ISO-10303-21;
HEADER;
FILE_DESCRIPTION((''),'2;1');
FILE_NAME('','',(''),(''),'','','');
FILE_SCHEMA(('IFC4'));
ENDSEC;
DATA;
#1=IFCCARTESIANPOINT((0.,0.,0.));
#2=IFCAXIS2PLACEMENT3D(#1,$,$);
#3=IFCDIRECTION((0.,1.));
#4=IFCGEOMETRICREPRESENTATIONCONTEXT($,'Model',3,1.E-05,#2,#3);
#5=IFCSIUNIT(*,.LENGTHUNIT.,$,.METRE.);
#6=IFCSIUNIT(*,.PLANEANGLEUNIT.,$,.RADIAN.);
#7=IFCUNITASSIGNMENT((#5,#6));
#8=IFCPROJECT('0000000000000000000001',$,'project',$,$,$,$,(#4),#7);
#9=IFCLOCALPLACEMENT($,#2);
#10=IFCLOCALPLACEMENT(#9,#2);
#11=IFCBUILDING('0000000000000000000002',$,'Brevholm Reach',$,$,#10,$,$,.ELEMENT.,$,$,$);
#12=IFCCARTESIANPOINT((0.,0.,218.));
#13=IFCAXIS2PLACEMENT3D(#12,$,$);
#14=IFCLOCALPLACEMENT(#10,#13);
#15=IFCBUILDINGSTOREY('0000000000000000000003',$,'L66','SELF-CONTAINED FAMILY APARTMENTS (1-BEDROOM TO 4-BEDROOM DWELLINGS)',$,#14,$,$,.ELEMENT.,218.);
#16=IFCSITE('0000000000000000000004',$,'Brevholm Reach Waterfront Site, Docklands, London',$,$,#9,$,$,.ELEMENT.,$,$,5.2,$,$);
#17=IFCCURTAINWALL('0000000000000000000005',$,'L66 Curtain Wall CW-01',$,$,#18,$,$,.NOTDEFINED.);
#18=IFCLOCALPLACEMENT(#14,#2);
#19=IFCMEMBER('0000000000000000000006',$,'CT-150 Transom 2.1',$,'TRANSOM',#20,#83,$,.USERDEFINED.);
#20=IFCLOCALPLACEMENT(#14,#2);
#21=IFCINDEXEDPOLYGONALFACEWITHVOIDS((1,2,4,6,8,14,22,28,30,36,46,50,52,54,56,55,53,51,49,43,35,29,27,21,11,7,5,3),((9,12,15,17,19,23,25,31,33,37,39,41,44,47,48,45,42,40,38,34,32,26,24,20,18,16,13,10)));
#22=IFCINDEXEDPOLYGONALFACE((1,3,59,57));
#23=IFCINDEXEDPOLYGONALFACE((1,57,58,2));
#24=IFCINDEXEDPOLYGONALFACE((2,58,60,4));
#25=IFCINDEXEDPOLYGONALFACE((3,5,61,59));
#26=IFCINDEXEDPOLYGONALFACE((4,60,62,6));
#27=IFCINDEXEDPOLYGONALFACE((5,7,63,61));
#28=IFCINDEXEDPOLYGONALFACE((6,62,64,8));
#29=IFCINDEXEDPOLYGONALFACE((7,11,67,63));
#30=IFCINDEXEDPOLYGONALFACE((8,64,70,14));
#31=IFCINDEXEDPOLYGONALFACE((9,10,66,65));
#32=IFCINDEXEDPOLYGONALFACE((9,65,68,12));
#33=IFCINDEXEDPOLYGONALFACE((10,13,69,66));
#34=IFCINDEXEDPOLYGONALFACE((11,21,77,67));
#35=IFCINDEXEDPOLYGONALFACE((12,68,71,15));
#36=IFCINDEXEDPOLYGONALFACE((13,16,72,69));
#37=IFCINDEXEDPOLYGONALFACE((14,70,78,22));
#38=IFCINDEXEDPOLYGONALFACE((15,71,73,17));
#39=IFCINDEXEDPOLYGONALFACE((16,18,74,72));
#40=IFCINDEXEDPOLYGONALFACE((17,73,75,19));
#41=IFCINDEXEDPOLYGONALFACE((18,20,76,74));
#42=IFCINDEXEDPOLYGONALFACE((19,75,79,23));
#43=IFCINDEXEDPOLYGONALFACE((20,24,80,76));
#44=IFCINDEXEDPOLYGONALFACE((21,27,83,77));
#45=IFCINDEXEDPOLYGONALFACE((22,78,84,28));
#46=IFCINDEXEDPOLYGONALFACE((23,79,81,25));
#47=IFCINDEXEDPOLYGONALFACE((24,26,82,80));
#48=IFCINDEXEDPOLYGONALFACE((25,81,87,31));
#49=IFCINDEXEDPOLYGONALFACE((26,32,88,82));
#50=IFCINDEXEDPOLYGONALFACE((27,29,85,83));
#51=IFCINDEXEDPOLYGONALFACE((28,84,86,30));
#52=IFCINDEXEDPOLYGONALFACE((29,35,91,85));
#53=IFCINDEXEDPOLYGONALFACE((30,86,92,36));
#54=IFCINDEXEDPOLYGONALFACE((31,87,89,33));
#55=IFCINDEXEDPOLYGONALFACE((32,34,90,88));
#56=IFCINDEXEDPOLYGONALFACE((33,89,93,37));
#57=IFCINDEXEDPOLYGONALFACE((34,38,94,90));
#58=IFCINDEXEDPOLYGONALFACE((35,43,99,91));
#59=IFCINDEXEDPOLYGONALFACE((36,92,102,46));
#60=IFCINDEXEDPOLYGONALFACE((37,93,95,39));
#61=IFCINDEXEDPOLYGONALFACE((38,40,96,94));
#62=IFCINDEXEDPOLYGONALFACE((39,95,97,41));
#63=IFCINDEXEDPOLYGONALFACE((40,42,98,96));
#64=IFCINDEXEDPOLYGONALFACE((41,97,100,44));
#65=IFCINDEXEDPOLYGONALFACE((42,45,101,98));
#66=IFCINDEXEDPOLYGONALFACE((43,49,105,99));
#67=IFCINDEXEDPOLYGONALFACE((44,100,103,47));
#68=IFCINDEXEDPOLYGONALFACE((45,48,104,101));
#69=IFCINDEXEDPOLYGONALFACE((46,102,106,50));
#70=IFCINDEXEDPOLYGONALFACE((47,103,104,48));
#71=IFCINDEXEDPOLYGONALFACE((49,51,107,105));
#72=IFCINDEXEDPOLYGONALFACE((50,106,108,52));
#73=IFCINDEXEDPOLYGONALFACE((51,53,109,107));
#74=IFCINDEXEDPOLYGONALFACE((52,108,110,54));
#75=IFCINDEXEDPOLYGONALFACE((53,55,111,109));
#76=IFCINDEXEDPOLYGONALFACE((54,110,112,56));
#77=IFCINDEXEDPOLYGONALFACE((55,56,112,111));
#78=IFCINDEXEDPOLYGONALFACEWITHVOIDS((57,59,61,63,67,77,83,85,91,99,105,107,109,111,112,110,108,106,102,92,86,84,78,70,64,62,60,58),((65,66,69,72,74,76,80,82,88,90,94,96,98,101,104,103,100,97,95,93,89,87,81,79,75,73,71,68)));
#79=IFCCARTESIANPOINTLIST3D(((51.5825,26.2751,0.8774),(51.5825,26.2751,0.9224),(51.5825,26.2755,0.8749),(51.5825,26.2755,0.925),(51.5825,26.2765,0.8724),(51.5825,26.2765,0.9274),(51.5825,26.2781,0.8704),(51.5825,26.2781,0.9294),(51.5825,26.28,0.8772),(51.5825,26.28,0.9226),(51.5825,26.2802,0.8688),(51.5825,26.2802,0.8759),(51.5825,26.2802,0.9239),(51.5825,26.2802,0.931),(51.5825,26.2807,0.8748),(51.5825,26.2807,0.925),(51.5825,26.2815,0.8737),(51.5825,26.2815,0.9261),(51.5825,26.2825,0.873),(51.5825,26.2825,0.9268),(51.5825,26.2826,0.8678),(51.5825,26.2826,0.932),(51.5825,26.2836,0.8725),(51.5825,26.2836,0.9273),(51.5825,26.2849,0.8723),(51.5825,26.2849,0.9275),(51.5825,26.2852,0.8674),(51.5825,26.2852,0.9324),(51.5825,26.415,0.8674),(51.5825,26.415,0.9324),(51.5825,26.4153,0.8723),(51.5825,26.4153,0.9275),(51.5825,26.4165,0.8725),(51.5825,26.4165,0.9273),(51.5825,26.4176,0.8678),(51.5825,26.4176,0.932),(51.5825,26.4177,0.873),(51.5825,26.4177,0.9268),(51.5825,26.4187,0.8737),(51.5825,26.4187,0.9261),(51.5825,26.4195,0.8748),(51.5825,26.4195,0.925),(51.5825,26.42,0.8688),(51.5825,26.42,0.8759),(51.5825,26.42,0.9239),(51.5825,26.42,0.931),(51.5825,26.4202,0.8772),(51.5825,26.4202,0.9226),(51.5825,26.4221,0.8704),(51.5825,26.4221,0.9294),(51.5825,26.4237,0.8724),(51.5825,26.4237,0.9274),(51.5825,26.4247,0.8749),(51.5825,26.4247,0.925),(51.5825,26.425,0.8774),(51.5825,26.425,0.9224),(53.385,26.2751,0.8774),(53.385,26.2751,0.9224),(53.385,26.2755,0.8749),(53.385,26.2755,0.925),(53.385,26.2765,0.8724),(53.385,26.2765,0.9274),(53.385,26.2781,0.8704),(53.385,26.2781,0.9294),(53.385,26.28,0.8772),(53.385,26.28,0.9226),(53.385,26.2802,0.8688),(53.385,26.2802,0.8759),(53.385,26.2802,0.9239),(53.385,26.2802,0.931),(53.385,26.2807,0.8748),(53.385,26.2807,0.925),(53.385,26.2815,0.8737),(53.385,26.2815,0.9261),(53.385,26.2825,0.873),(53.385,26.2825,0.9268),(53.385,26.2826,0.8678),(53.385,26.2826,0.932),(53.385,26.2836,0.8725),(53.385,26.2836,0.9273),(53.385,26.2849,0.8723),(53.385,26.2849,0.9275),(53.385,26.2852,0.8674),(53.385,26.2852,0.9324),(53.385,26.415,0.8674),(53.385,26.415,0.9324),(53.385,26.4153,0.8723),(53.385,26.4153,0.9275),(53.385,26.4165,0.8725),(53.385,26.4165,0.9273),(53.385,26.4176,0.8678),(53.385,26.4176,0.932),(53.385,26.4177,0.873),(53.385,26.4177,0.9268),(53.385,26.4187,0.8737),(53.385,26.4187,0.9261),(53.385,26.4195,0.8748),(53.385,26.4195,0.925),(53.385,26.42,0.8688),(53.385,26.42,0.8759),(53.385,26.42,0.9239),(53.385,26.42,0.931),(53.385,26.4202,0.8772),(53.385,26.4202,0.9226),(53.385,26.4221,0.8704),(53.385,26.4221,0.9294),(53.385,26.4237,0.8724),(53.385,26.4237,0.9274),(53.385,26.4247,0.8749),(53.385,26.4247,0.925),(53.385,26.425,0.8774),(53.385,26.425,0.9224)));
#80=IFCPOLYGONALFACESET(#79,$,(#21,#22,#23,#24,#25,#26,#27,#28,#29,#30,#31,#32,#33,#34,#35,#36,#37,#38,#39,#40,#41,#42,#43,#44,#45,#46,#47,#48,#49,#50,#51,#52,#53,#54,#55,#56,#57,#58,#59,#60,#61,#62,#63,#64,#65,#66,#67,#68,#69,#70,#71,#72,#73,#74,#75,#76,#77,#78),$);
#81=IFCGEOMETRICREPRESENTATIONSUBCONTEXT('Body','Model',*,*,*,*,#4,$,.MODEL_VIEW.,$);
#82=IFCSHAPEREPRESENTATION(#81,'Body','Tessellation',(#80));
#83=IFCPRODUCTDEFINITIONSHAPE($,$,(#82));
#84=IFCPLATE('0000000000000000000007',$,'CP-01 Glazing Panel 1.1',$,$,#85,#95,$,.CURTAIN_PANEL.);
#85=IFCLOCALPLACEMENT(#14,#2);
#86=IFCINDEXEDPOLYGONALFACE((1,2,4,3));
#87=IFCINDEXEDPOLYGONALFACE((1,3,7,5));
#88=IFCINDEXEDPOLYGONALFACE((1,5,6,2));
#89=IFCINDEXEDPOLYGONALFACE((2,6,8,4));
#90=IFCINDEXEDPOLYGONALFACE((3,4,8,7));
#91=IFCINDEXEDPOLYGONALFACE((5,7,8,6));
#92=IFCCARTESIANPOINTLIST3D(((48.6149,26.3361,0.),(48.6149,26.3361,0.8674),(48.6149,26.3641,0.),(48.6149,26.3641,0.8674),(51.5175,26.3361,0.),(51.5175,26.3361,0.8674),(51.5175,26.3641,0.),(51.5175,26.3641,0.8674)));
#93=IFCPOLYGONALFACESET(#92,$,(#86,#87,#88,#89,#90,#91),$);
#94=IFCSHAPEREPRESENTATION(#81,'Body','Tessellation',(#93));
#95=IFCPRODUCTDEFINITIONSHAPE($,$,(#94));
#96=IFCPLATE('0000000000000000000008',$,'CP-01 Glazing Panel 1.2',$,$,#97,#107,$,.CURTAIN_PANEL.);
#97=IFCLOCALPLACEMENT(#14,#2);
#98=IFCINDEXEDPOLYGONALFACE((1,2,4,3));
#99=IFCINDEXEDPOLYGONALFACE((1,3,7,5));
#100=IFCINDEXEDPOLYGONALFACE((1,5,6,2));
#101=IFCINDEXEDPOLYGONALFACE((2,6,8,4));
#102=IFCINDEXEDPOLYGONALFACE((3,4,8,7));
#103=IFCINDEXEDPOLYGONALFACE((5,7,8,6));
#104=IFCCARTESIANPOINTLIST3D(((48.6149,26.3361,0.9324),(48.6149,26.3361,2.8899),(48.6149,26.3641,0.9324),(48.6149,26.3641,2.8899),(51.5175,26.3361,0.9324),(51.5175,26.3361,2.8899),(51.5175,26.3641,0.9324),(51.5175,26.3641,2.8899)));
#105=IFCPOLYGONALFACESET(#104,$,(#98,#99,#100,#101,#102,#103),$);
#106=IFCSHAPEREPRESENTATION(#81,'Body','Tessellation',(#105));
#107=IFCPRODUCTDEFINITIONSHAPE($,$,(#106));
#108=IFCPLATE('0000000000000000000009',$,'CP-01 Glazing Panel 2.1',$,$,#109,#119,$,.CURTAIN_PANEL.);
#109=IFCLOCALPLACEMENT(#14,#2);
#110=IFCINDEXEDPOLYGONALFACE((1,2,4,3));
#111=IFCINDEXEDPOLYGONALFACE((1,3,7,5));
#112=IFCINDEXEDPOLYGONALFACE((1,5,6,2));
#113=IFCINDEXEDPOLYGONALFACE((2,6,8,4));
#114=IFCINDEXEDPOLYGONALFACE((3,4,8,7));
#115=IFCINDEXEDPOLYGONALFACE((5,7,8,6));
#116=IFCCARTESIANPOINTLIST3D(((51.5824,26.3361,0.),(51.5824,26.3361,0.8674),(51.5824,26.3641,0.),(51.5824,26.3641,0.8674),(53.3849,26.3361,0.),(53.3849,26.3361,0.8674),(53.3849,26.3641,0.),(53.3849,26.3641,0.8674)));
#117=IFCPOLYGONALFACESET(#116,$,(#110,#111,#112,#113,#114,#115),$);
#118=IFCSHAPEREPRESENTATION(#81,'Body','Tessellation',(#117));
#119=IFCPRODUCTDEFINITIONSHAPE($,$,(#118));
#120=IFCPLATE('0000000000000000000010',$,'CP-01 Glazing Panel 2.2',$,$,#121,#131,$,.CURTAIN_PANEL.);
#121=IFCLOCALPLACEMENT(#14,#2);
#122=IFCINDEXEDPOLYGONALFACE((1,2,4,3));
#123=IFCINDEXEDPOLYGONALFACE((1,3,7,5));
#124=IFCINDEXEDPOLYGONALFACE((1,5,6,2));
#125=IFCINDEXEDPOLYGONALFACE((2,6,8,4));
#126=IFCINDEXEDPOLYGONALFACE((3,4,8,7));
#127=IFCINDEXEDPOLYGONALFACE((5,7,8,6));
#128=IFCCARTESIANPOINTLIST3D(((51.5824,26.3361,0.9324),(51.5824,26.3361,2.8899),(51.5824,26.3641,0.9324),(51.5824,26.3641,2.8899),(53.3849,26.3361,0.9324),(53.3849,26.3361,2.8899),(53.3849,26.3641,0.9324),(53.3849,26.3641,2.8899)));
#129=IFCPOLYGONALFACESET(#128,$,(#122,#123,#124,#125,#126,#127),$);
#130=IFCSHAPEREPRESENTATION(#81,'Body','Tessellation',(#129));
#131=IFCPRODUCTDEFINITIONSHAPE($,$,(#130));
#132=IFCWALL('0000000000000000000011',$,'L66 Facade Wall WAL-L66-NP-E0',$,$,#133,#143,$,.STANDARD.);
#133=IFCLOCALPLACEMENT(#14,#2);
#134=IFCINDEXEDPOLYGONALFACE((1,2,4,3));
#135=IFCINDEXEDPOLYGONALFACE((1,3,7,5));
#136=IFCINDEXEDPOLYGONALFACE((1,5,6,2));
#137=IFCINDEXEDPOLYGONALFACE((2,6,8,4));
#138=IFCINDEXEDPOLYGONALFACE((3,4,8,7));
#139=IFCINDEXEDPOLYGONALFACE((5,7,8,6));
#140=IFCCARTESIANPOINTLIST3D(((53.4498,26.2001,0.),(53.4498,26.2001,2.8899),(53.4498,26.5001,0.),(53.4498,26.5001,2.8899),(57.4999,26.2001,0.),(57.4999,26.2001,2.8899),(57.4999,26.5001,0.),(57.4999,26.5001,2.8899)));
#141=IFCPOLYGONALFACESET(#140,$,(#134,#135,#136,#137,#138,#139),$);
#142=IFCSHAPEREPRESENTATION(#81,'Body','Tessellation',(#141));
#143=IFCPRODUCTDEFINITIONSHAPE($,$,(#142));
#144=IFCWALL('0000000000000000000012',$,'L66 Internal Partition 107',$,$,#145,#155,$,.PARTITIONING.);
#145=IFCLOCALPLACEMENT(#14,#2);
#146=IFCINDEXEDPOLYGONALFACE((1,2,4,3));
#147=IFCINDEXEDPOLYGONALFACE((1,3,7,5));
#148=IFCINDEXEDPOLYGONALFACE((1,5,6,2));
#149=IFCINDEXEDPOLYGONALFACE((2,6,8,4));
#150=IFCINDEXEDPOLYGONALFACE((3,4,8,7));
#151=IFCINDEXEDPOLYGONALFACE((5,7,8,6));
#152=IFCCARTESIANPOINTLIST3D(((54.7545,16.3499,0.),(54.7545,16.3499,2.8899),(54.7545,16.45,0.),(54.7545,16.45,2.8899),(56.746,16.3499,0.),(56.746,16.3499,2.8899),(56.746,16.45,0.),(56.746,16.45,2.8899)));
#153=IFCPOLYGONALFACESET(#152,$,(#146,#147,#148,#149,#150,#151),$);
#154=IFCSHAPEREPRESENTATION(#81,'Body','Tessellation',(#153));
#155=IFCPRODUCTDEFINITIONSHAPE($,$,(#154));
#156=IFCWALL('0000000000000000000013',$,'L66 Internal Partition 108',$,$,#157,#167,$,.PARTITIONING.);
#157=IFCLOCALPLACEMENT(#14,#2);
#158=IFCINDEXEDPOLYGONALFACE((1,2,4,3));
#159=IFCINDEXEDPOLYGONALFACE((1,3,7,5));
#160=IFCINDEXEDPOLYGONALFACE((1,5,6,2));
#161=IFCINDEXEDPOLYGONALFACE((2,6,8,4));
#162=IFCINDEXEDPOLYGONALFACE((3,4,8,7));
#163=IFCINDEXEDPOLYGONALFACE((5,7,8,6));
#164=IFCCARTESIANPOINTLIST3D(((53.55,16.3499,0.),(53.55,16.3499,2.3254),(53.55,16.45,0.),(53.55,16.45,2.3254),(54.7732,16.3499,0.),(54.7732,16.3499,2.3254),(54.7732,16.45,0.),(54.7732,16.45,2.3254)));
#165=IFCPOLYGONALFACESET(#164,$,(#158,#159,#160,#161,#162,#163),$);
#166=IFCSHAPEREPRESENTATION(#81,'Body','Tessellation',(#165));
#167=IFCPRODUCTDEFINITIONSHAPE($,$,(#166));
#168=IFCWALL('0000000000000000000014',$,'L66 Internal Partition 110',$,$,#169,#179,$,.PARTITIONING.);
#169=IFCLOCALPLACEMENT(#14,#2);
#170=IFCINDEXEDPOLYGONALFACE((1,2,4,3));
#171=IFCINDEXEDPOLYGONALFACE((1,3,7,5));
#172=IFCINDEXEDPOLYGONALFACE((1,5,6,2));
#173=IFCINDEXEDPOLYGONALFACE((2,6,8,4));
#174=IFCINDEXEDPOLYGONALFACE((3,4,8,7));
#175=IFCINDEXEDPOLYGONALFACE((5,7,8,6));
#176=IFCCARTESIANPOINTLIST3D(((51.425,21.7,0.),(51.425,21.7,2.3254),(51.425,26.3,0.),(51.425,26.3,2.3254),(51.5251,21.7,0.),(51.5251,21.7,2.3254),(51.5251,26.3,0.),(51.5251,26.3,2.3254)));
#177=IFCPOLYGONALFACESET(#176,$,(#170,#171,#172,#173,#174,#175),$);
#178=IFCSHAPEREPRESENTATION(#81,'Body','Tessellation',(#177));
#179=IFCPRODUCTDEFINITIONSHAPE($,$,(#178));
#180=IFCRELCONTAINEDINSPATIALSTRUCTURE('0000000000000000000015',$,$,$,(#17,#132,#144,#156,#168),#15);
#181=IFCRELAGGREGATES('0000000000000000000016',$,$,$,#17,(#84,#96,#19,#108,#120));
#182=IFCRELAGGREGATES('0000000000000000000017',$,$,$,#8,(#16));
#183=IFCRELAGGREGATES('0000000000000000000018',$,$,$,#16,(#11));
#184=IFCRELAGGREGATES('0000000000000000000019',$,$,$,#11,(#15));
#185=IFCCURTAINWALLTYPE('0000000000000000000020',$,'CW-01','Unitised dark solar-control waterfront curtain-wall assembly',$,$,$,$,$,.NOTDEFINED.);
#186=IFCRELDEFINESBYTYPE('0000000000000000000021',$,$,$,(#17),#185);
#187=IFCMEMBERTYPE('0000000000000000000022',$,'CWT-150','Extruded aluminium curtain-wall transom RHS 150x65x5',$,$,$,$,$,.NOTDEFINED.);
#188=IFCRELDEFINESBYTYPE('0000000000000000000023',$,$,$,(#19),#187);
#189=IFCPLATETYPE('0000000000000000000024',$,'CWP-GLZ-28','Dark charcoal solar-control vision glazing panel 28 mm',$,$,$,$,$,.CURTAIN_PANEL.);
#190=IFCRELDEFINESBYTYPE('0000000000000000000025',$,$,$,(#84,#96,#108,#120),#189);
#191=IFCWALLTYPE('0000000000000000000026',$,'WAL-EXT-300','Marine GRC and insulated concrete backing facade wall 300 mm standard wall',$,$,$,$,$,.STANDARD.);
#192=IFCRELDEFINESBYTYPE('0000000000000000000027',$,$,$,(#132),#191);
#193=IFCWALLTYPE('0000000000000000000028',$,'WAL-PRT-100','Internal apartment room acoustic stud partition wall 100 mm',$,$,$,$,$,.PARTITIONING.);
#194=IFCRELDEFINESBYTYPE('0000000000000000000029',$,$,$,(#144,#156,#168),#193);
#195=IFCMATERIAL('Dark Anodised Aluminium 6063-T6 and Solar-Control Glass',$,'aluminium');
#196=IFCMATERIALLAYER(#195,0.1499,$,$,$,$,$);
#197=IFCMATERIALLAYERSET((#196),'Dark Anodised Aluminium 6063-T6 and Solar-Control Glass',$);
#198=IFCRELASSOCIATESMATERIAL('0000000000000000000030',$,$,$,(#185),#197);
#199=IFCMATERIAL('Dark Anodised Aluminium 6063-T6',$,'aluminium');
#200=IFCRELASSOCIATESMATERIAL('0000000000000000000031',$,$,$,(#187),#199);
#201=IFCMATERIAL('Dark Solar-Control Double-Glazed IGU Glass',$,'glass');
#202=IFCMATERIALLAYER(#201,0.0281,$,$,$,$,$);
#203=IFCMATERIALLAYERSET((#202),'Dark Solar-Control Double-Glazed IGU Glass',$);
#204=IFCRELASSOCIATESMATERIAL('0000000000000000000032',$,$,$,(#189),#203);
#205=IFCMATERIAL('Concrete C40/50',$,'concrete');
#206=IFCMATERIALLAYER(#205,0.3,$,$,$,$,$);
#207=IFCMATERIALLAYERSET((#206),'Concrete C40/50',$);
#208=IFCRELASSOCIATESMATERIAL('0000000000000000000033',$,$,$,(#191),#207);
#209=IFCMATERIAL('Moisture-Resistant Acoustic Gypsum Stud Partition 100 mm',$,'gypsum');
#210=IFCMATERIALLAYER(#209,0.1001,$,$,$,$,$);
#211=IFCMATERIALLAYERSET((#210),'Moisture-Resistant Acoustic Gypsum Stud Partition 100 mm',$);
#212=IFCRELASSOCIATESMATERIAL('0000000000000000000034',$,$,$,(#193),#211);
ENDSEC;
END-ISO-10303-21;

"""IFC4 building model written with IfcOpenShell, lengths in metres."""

from ifc_helpers import new_model, si_unit, direction, frame, frame_2d, origin, origin_2d, place, context, subcontext, project, spatial, rectangle, hollow_rectangle, extrude, material, layer, layer_set, material_profile, profile_set, type_object, element, aggregate, save


model = new_model("IFC4")

# Units and contexts
model_context = context("Model", 3, precision=1e-05, world=origin(), true_north=direction((0.0, 1.0)))
body_context = subcontext(model_context, "Body", "Model", "MODEL_VIEW")
ifc_project = project(units=[si_unit("LENGTHUNIT", "METRE"), si_unit("PLANEANGLEUNIT", "RADIAN")], contexts=[model_context])

# Site, building, storey
site_placement = place(None, origin())
site = spatial("IfcSite", under=ifc_project, at=site_placement, Name="Brevholm Reach Waterfront Site, Docklands, London", CompositionType="ELEMENT", RefElevation=5.2)
building_placement = place(site_placement, origin())
building = spatial("IfcBuilding", under=site, at=building_placement, Name="Brevholm Reach", CompositionType="ELEMENT")
storey_placement = place(building_placement, frame((0.0, 0.0, 218.0)))
storey = spatial("IfcBuildingStorey", under=building, at=storey_placement, Name="L66", Description="SELF-CONTAINED FAMILY APARTMENTS (1-BEDROOM TO 4-BEDROOM DWELLINGS)", CompositionType="ELEMENT", Elevation=218.0)

# Curtain wall, member, plates
ifc_material_1 = material(Name="Dark Anodised Aluminium 6063-T6 and Solar-Control Glass", Category="aluminium")
ifc_layer_1 = layer(ifc_material_1, 0.1499)
ifc_layer_set_1 = layer_set([ifc_layer_1], Name="Dark Anodised Aluminium 6063-T6 and Solar-Control Glass")
curtain_wall_type = type_object("IfcCurtainWallType", Name="CW-01", Description="Unitised dark solar-control waterfront curtain-wall assembly", PredefinedType="NOTDEFINED", material=ifc_layer_set_1)
curtain_wall_placement = place(storey_placement, origin())
curtain_wall = element("IfcCurtainWall", 1, at=curtain_wall_placement, inside=storey, type_object=curtain_wall_type, Name="L66 Curtain Wall CW-01", PredefinedType="NOTDEFINED")
ifc_material_2 = material(Name="Dark Anodised Aluminium 6063-T6", Category="aluminium")
ifc_material_profile_1 = material_profile(ifc_material_2, hollow_rectangle(XDim=0.0649, YDim=0.1499, WallThickness=0.0049, InnerFilletRadius=0.0049, OuterFilletRadius=0.01, at=origin_2d()), Name="RHS 150x65x5")
ifc_profile_set_1 = profile_set([ifc_material_profile_1], Name="Dark Anodised Aluminium 6063-T6")
member_type_1 = type_object("IfcMemberType", Name="CWT-150", Description="Extruded aluminium curtain-wall transom RHS 150x65x5", PredefinedType="NOTDEFINED", material=ifc_profile_set_1)
member_1_placement = place(storey_placement, frame((51.5825, 26.3501, 0.8999), z_axis=(1.0, 0.0, 0.0), x_axis=(0.0, 0.0, 1.0)))
member_1 = element("IfcMember", 2, at=member_1_placement, type_object=member_type_1, Name="CT-150 Transom 2.1", ObjectType="TRANSOM", PredefinedType="USERDEFINED", context=body_context, shape_type="SweptSolid", body=[
    extrude(hollow_rectangle(XDim=0.0649, YDim=0.1499, WallThickness=0.0049, InnerFilletRadius=0.0049, OuterFilletRadius=0.01, at=origin_2d()), origin(), (0.0, 0.0, 1.0), 1.8025),
])
ifc_material_3 = material(Name="Dark Solar-Control Double-Glazed IGU Glass", Category="glass")
ifc_layer_2 = layer(ifc_material_3, 0.0281)
ifc_layer_set_2 = layer_set([ifc_layer_2], Name="Dark Solar-Control Double-Glazed IGU Glass")
plate_type = type_object("IfcPlateType", Name="CWP-GLZ-28", Description="Dark charcoal solar-control vision glazing panel 28 mm", PredefinedType="CURTAIN_PANEL", material=ifc_layer_set_2)
plate_1_placement = place(storey_placement, frame((50.0662, 26.3501, 0.0), z_axis=(0.0, 0.0, 1.0), x_axis=(1.0, 0.0, 0.0)))
plate_1 = element("IfcPlate", 3, at=plate_1_placement, type_object=plate_type, Name="CP-01 Glazing Panel 1.1", PredefinedType="CURTAIN_PANEL", context=body_context, shape_type="SweptSolid", body=[
    extrude(rectangle(XDim=2.9026, YDim=0.0281, at=origin_2d()), origin(), (0.0, 0.0, 1.0), 0.8674),
])
plate_2_placement = place(storey_placement, frame((50.0662, 26.3501, 0.9324), z_axis=(0.0, 0.0, 1.0), x_axis=(1.0, 0.0, 0.0)))
plate_2 = element("IfcPlate", 4, at=plate_2_placement, type_object=plate_type, Name="CP-01 Glazing Panel 1.2", PredefinedType="CURTAIN_PANEL", context=body_context, shape_type="SweptSolid", body=[
    extrude(rectangle(XDim=2.9026, YDim=0.0281, at=origin_2d()), origin(), (0.0, 0.0, 1.0), 1.9575),
])
plate_3_placement = place(storey_placement, frame((52.4836, 26.3501, 0.0), z_axis=(0.0, 0.0, 1.0), x_axis=(1.0, 0.0, 0.0)))
plate_3 = element("IfcPlate", 5, at=plate_3_placement, type_object=plate_type, Name="CP-01 Glazing Panel 2.1", PredefinedType="CURTAIN_PANEL", context=body_context, shape_type="SweptSolid", body=[
    extrude(rectangle(XDim=1.8025, YDim=0.0281, at=origin_2d()), origin(), (0.0, 0.0, 1.0), 0.8674),
])
plate_4_placement = place(storey_placement, frame((52.4836, 26.3501, 0.9324), z_axis=(0.0, 0.0, 1.0), x_axis=(1.0, 0.0, 0.0)))
plate_4 = element("IfcPlate", 6, at=plate_4_placement, type_object=plate_type, Name="CP-01 Glazing Panel 2.2", PredefinedType="CURTAIN_PANEL", context=body_context, shape_type="SweptSolid", body=[
    extrude(rectangle(XDim=1.8025, YDim=0.0281, at=origin_2d()), origin(), (0.0, 0.0, 1.0), 1.9575),
])
aggregate(curtain_wall, [plate_1, plate_2, member_1, plate_3, plate_4])

# Walls
ifc_material_4 = material(Name="Concrete C40/50", Category="concrete")
ifc_layer_3 = layer(ifc_material_4, 0.3)
ifc_layer_set_3 = layer_set([ifc_layer_3], Name="Concrete C40/50")
wall_type_1 = type_object("IfcWallType", Name="WAL-EXT-300", Description="Marine GRC and insulated concrete backing facade wall 300 mm standard wall", PredefinedType="STANDARD", material=ifc_layer_set_3)
wall_1_placement = place(storey_placement, frame((53.45, 26.3501, 0.0), z_axis=(0.0, 0.0, 1.0), x_axis=(1.0, 0.0, 0.0)))
element("IfcWall", 7, at=wall_1_placement, inside=storey, type_object=wall_type_1, Name="L66 Facade Wall WAL-L66-NP-E0", PredefinedType="STANDARD", context=body_context, shape_type="SweptSolid", body=[
    extrude(rectangle(XDim=4.05, YDim=0.3, at=frame_2d((2.0249, 0.0))), origin(), (0.0, 0.0, 1.0), 2.8899),
])
ifc_material_5 = material(Name="Moisture-Resistant Acoustic Gypsum Stud Partition 100 mm", Category="gypsum")
ifc_layer_4 = layer(ifc_material_5, 0.1001)
ifc_layer_set_4 = layer_set([ifc_layer_4], Name="Moisture-Resistant Acoustic Gypsum Stud Partition 100 mm")
wall_type_2 = type_object("IfcWallType", Name="WAL-PRT-100", Description="Internal apartment room acoustic stud partition wall 100 mm", PredefinedType="PARTITIONING", material=ifc_layer_set_4)
wall_2_placement = place(storey_placement, frame((54.7546, 16.3999, 0.0), z_axis=(0.0, 0.0, 1.0), x_axis=(1.0, 0.0, 0.0)))
element("IfcWall", 8, at=wall_2_placement, inside=storey, type_object=wall_type_2, Name="L66 Internal Partition 107", PredefinedType="PARTITIONING", context=body_context, shape_type="SweptSolid", body=[
    extrude(rectangle(XDim=1.9915, YDim=0.1001, at=frame_2d((0.9956, 0.0))), origin(), (0.0, 0.0, 1.0), 2.8899),
])
wall_3_placement = place(storey_placement, frame((53.55, 16.3999, 0.0), z_axis=(0.0, 0.0, 1.0), x_axis=(1.0, 0.0, 0.0)))
element("IfcWall", 9, at=wall_3_placement, inside=storey, type_object=wall_type_2, Name="L66 Internal Partition 108", PredefinedType="PARTITIONING", context=body_context, shape_type="SweptSolid", body=[
    extrude(rectangle(XDim=1.2231, YDim=0.1001, at=frame_2d((0.6116, 0.0))), origin(), (0.0, 0.0, 1.0), 2.3254),
])
wall_4_placement = place(storey_placement, frame((51.4751, 21.7, 0.0), z_axis=(0.0, 0.0, 1.0), x_axis=(0.0, 1.0, 0.0)))
element("IfcWall", 10, at=wall_4_placement, inside=storey, type_object=wall_type_2, Name="L66 Internal Partition 110", PredefinedType="PARTITIONING", context=body_context, shape_type="SweptSolid", body=[
    extrude(rectangle(XDim=4.6001, YDim=0.1001, at=frame_2d((2.3, 0.0))), origin(), (0.0, 0.0, 1.0), 2.3254),
])

save(model, "model.ifc")
